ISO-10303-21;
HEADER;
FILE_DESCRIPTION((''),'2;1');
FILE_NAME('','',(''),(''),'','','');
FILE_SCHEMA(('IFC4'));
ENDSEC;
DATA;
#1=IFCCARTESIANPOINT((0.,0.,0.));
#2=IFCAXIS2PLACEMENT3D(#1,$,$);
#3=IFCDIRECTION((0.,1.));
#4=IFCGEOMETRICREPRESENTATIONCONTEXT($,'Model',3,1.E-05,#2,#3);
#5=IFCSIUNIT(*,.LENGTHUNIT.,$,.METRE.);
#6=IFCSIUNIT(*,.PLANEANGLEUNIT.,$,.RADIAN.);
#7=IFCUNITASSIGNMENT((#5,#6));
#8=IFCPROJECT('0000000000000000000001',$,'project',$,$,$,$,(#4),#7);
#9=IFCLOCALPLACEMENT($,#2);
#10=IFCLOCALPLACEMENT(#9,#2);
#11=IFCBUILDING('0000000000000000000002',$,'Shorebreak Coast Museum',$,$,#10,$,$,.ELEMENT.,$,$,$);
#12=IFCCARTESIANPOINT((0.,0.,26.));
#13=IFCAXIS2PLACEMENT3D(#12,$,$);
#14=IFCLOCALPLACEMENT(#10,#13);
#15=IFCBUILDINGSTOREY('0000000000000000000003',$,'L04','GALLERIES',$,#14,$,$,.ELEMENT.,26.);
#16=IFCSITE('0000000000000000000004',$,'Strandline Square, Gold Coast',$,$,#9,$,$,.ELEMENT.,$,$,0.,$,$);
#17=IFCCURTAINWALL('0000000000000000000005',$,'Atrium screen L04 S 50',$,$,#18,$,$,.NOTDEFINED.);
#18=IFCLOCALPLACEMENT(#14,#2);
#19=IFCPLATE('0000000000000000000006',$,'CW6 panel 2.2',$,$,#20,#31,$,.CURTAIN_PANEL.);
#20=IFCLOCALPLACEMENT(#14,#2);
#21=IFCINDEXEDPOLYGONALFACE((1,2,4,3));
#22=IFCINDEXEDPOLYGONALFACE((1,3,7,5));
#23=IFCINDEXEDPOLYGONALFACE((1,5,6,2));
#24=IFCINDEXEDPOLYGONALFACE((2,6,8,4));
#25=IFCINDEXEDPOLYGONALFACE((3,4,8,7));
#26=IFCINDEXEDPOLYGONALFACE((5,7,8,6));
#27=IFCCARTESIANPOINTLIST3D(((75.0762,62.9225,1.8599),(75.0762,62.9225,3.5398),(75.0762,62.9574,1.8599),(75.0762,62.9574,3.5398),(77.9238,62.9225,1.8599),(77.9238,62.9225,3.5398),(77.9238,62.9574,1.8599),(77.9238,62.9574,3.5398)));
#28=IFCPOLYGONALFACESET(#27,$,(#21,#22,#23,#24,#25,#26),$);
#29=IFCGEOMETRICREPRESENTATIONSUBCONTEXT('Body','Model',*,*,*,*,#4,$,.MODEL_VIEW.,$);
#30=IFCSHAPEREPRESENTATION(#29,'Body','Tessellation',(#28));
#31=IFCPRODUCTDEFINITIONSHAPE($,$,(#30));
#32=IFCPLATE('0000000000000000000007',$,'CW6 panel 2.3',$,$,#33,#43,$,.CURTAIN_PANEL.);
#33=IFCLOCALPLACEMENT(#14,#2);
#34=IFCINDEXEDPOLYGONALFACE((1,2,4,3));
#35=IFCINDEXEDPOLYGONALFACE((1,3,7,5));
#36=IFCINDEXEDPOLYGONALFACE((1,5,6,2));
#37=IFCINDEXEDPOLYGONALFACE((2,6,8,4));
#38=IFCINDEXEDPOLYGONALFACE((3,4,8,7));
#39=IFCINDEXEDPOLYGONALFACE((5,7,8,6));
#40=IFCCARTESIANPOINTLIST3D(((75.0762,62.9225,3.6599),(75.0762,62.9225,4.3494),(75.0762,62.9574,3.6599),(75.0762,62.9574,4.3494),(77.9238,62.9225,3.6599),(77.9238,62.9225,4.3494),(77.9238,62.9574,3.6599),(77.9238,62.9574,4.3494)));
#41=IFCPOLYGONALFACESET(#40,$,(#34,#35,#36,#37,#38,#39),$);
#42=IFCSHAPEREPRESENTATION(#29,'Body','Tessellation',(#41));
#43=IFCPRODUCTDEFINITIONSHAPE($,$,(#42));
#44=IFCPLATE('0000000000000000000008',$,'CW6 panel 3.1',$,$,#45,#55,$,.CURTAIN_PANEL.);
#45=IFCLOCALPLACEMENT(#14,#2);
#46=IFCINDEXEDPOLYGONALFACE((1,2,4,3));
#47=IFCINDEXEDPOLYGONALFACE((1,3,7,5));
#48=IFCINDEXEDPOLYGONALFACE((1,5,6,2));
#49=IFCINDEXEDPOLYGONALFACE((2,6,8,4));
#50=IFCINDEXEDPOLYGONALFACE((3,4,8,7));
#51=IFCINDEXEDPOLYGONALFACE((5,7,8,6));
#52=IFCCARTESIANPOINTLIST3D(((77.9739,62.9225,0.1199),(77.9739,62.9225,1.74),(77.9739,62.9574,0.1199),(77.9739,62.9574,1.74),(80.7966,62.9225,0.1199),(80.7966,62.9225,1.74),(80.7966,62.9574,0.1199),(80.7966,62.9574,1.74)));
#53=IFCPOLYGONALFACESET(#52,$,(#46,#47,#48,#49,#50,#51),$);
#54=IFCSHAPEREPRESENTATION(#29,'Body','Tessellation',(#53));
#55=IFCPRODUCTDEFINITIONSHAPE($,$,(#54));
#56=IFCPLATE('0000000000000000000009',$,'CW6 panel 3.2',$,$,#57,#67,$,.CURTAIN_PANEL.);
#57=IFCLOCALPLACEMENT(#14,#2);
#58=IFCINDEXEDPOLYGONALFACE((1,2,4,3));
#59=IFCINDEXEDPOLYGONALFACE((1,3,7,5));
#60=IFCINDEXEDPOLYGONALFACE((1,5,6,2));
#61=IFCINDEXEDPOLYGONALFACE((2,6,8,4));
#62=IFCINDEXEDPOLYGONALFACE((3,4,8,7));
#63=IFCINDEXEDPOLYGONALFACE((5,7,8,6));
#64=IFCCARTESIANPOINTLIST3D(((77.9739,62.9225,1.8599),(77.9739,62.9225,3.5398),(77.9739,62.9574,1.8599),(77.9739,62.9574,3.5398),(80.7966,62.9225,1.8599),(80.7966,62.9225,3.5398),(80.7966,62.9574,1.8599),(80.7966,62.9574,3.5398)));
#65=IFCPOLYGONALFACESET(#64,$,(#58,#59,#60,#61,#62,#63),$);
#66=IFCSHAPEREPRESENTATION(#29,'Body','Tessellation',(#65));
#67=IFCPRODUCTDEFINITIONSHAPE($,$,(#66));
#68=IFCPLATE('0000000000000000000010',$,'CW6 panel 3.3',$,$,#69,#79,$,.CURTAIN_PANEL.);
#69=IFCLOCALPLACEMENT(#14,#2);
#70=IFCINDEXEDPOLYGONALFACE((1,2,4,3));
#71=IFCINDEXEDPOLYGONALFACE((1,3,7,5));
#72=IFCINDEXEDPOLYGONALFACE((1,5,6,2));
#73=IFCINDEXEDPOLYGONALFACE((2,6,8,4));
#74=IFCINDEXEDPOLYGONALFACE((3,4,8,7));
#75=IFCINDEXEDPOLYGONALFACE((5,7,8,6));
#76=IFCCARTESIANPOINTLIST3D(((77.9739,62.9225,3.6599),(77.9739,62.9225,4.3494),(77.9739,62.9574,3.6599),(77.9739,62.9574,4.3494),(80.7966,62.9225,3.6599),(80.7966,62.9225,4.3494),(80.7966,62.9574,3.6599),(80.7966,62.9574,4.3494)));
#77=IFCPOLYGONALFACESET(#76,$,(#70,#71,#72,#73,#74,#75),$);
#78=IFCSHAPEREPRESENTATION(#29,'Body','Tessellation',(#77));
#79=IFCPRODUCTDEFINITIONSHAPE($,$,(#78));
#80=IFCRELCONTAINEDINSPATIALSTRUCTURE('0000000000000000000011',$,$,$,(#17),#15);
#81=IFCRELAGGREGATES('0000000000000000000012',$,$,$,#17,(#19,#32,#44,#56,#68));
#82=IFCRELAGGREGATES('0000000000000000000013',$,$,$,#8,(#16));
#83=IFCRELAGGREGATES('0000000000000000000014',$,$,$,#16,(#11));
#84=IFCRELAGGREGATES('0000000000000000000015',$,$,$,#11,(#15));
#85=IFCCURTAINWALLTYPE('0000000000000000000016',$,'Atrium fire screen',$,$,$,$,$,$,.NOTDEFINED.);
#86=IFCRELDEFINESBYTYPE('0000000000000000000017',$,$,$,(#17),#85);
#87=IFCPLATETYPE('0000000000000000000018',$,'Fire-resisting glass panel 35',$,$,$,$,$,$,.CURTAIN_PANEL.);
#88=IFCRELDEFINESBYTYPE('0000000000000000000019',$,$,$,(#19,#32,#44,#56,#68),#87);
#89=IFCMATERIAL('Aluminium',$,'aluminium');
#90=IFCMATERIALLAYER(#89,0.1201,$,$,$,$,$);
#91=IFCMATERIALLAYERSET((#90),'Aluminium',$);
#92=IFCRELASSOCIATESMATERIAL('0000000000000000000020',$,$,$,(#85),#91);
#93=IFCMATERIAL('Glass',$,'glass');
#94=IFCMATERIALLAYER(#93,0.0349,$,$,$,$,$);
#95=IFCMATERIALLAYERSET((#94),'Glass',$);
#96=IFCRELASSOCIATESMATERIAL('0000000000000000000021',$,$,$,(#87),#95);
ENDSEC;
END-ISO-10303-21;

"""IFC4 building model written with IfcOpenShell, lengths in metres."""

from ifc_helpers import new_model, si_unit, direction, frame, origin, origin_2d, place, context, subcontext, project, spatial, rectangle, extrude, material, layer, layer_set, type_object, element, aggregate, save


model = new_model("IFC4")

# Units and contexts
model_context = context("Model", 3, precision=1e-05, world=origin(), true_north=direction((0.0, 1.0)))
body_context = subcontext(model_context, "Body", "Model", "MODEL_VIEW")
ifc_project = project(units=[si_unit("LENGTHUNIT", "METRE"), si_unit("PLANEANGLEUNIT", "RADIAN")], contexts=[model_context])

# Site, building, storey
site_placement = place(None, origin())
site = spatial("IfcSite", under=ifc_project, at=site_placement, Name="Strandline Square, Gold Coast", CompositionType="ELEMENT", RefElevation=0.0)
building_placement = place(site_placement, origin())
building = spatial("IfcBuilding", under=site, at=building_placement, Name="Shorebreak Coast Museum", CompositionType="ELEMENT")
storey_placement = place(building_placement, frame((0.0, 0.0, 26.0)))
storey = spatial("IfcBuildingStorey", under=building, at=storey_placement, Name="L04", Description="GALLERIES", CompositionType="ELEMENT", Elevation=26.0)

# Shared definitions
ifc_material_1 = material(Name="Aluminium", Category="aluminium")
ifc_layer_1 = layer(ifc_material_1, 0.1201)
ifc_layer_set_1 = layer_set([ifc_layer_1], Name="Aluminium")
curtain_wall_type = type_object("IfcCurtainWallType", Name="Atrium fire screen", PredefinedType="NOTDEFINED", material=ifc_layer_set_1)

# Curtain wall
curtain_wall_1_placement = place(storey_placement, origin())
curtain_wall_1 = element("IfcCurtainWall", 1, at=curtain_wall_1_placement, inside=storey, type_object=curtain_wall_type, Name="Atrium screen L04 S 50", PredefinedType="NOTDEFINED")

# Plates
ifc_material_2 = material(Name="Glass", Category="glass")
ifc_layer_2 = layer(ifc_material_2, 0.0349)
ifc_layer_set_2 = layer_set([ifc_layer_2], Name="Glass")
plate_type = type_object("IfcPlateType", Name="Fire-resisting glass panel 35", PredefinedType="CURTAIN_PANEL", material=ifc_layer_set_2)
plate_1_placement = place(storey_placement, frame((76.5, 62.9399, 1.8599), z_axis=(0.0, 0.0, 1.0), x_axis=(1.0, 0.0, 0.0)))
plate_1 = element("IfcPlate", 2, at=plate_1_placement, type_object=plate_type, Name="CW6 panel 2.2", PredefinedType="CURTAIN_PANEL", context=body_context, shape_type="SweptSolid", body=[
    extrude(rectangle(XDim=2.8477, YDim=0.0349, at=origin_2d()), origin(), (0.0, 0.0, 1.0), 1.6799),
])
plate_2_placement = place(storey_placement, frame((76.5, 62.9399, 3.6599), z_axis=(0.0, 0.0, 1.0), x_axis=(1.0, 0.0, 0.0)))
plate_2 = element("IfcPlate", 3, at=plate_2_placement, type_object=plate_type, Name="CW6 panel 2.3", PredefinedType="CURTAIN_PANEL", context=body_context, shape_type="SweptSolid", body=[
    extrude(rectangle(XDim=2.8477, YDim=0.0349, at=origin_2d()), origin(), (0.0, 0.0, 1.0), 0.6895),
])
plate_3_placement = place(storey_placement, frame((79.3853, 62.9399, 0.1199), z_axis=(0.0, 0.0, 1.0), x_axis=(1.0, 0.0, 0.0)))
plate_3 = element("IfcPlate", 4, at=plate_3_placement, type_object=plate_type, Name="CW6 panel 3.1", PredefinedType="CURTAIN_PANEL", context=body_context, shape_type="SweptSolid", body=[
    extrude(rectangle(XDim=2.8228, YDim=0.0349, at=origin_2d()), origin(), (0.0, 0.0, 1.0), 1.6201),
])
plate_4_placement = place(storey_placement, frame((79.3853, 62.9399, 1.8599), z_axis=(0.0, 0.0, 1.0), x_axis=(1.0, 0.0, 0.0)))
plate_4 = element("IfcPlate", 5, at=plate_4_placement, type_object=plate_type, Name="CW6 panel 3.2", PredefinedType="CURTAIN_PANEL", context=body_context, shape_type="SweptSolid", body=[
    extrude(rectangle(XDim=2.8228, YDim=0.0349, at=origin_2d()), origin(), (0.0, 0.0, 1.0), 1.6799),
])
plate_5_placement = place(storey_placement, frame((79.3853, 62.9399, 3.6599), z_axis=(0.0, 0.0, 1.0), x_axis=(1.0, 0.0, 0.0)))
plate_5 = element("IfcPlate", 6, at=plate_5_placement, type_object=plate_type, Name="CW6 panel 3.3", PredefinedType="CURTAIN_PANEL", context=body_context, shape_type="SweptSolid", body=[
    extrude(rectangle(XDim=2.8228, YDim=0.0349, at=origin_2d()), origin(), (0.0, 0.0, 1.0), 0.6895),
])
aggregate(curtain_wall_1, [plate_1, plate_2, plate_3, plate_4, plate_5])

save(model, "model.ifc")
